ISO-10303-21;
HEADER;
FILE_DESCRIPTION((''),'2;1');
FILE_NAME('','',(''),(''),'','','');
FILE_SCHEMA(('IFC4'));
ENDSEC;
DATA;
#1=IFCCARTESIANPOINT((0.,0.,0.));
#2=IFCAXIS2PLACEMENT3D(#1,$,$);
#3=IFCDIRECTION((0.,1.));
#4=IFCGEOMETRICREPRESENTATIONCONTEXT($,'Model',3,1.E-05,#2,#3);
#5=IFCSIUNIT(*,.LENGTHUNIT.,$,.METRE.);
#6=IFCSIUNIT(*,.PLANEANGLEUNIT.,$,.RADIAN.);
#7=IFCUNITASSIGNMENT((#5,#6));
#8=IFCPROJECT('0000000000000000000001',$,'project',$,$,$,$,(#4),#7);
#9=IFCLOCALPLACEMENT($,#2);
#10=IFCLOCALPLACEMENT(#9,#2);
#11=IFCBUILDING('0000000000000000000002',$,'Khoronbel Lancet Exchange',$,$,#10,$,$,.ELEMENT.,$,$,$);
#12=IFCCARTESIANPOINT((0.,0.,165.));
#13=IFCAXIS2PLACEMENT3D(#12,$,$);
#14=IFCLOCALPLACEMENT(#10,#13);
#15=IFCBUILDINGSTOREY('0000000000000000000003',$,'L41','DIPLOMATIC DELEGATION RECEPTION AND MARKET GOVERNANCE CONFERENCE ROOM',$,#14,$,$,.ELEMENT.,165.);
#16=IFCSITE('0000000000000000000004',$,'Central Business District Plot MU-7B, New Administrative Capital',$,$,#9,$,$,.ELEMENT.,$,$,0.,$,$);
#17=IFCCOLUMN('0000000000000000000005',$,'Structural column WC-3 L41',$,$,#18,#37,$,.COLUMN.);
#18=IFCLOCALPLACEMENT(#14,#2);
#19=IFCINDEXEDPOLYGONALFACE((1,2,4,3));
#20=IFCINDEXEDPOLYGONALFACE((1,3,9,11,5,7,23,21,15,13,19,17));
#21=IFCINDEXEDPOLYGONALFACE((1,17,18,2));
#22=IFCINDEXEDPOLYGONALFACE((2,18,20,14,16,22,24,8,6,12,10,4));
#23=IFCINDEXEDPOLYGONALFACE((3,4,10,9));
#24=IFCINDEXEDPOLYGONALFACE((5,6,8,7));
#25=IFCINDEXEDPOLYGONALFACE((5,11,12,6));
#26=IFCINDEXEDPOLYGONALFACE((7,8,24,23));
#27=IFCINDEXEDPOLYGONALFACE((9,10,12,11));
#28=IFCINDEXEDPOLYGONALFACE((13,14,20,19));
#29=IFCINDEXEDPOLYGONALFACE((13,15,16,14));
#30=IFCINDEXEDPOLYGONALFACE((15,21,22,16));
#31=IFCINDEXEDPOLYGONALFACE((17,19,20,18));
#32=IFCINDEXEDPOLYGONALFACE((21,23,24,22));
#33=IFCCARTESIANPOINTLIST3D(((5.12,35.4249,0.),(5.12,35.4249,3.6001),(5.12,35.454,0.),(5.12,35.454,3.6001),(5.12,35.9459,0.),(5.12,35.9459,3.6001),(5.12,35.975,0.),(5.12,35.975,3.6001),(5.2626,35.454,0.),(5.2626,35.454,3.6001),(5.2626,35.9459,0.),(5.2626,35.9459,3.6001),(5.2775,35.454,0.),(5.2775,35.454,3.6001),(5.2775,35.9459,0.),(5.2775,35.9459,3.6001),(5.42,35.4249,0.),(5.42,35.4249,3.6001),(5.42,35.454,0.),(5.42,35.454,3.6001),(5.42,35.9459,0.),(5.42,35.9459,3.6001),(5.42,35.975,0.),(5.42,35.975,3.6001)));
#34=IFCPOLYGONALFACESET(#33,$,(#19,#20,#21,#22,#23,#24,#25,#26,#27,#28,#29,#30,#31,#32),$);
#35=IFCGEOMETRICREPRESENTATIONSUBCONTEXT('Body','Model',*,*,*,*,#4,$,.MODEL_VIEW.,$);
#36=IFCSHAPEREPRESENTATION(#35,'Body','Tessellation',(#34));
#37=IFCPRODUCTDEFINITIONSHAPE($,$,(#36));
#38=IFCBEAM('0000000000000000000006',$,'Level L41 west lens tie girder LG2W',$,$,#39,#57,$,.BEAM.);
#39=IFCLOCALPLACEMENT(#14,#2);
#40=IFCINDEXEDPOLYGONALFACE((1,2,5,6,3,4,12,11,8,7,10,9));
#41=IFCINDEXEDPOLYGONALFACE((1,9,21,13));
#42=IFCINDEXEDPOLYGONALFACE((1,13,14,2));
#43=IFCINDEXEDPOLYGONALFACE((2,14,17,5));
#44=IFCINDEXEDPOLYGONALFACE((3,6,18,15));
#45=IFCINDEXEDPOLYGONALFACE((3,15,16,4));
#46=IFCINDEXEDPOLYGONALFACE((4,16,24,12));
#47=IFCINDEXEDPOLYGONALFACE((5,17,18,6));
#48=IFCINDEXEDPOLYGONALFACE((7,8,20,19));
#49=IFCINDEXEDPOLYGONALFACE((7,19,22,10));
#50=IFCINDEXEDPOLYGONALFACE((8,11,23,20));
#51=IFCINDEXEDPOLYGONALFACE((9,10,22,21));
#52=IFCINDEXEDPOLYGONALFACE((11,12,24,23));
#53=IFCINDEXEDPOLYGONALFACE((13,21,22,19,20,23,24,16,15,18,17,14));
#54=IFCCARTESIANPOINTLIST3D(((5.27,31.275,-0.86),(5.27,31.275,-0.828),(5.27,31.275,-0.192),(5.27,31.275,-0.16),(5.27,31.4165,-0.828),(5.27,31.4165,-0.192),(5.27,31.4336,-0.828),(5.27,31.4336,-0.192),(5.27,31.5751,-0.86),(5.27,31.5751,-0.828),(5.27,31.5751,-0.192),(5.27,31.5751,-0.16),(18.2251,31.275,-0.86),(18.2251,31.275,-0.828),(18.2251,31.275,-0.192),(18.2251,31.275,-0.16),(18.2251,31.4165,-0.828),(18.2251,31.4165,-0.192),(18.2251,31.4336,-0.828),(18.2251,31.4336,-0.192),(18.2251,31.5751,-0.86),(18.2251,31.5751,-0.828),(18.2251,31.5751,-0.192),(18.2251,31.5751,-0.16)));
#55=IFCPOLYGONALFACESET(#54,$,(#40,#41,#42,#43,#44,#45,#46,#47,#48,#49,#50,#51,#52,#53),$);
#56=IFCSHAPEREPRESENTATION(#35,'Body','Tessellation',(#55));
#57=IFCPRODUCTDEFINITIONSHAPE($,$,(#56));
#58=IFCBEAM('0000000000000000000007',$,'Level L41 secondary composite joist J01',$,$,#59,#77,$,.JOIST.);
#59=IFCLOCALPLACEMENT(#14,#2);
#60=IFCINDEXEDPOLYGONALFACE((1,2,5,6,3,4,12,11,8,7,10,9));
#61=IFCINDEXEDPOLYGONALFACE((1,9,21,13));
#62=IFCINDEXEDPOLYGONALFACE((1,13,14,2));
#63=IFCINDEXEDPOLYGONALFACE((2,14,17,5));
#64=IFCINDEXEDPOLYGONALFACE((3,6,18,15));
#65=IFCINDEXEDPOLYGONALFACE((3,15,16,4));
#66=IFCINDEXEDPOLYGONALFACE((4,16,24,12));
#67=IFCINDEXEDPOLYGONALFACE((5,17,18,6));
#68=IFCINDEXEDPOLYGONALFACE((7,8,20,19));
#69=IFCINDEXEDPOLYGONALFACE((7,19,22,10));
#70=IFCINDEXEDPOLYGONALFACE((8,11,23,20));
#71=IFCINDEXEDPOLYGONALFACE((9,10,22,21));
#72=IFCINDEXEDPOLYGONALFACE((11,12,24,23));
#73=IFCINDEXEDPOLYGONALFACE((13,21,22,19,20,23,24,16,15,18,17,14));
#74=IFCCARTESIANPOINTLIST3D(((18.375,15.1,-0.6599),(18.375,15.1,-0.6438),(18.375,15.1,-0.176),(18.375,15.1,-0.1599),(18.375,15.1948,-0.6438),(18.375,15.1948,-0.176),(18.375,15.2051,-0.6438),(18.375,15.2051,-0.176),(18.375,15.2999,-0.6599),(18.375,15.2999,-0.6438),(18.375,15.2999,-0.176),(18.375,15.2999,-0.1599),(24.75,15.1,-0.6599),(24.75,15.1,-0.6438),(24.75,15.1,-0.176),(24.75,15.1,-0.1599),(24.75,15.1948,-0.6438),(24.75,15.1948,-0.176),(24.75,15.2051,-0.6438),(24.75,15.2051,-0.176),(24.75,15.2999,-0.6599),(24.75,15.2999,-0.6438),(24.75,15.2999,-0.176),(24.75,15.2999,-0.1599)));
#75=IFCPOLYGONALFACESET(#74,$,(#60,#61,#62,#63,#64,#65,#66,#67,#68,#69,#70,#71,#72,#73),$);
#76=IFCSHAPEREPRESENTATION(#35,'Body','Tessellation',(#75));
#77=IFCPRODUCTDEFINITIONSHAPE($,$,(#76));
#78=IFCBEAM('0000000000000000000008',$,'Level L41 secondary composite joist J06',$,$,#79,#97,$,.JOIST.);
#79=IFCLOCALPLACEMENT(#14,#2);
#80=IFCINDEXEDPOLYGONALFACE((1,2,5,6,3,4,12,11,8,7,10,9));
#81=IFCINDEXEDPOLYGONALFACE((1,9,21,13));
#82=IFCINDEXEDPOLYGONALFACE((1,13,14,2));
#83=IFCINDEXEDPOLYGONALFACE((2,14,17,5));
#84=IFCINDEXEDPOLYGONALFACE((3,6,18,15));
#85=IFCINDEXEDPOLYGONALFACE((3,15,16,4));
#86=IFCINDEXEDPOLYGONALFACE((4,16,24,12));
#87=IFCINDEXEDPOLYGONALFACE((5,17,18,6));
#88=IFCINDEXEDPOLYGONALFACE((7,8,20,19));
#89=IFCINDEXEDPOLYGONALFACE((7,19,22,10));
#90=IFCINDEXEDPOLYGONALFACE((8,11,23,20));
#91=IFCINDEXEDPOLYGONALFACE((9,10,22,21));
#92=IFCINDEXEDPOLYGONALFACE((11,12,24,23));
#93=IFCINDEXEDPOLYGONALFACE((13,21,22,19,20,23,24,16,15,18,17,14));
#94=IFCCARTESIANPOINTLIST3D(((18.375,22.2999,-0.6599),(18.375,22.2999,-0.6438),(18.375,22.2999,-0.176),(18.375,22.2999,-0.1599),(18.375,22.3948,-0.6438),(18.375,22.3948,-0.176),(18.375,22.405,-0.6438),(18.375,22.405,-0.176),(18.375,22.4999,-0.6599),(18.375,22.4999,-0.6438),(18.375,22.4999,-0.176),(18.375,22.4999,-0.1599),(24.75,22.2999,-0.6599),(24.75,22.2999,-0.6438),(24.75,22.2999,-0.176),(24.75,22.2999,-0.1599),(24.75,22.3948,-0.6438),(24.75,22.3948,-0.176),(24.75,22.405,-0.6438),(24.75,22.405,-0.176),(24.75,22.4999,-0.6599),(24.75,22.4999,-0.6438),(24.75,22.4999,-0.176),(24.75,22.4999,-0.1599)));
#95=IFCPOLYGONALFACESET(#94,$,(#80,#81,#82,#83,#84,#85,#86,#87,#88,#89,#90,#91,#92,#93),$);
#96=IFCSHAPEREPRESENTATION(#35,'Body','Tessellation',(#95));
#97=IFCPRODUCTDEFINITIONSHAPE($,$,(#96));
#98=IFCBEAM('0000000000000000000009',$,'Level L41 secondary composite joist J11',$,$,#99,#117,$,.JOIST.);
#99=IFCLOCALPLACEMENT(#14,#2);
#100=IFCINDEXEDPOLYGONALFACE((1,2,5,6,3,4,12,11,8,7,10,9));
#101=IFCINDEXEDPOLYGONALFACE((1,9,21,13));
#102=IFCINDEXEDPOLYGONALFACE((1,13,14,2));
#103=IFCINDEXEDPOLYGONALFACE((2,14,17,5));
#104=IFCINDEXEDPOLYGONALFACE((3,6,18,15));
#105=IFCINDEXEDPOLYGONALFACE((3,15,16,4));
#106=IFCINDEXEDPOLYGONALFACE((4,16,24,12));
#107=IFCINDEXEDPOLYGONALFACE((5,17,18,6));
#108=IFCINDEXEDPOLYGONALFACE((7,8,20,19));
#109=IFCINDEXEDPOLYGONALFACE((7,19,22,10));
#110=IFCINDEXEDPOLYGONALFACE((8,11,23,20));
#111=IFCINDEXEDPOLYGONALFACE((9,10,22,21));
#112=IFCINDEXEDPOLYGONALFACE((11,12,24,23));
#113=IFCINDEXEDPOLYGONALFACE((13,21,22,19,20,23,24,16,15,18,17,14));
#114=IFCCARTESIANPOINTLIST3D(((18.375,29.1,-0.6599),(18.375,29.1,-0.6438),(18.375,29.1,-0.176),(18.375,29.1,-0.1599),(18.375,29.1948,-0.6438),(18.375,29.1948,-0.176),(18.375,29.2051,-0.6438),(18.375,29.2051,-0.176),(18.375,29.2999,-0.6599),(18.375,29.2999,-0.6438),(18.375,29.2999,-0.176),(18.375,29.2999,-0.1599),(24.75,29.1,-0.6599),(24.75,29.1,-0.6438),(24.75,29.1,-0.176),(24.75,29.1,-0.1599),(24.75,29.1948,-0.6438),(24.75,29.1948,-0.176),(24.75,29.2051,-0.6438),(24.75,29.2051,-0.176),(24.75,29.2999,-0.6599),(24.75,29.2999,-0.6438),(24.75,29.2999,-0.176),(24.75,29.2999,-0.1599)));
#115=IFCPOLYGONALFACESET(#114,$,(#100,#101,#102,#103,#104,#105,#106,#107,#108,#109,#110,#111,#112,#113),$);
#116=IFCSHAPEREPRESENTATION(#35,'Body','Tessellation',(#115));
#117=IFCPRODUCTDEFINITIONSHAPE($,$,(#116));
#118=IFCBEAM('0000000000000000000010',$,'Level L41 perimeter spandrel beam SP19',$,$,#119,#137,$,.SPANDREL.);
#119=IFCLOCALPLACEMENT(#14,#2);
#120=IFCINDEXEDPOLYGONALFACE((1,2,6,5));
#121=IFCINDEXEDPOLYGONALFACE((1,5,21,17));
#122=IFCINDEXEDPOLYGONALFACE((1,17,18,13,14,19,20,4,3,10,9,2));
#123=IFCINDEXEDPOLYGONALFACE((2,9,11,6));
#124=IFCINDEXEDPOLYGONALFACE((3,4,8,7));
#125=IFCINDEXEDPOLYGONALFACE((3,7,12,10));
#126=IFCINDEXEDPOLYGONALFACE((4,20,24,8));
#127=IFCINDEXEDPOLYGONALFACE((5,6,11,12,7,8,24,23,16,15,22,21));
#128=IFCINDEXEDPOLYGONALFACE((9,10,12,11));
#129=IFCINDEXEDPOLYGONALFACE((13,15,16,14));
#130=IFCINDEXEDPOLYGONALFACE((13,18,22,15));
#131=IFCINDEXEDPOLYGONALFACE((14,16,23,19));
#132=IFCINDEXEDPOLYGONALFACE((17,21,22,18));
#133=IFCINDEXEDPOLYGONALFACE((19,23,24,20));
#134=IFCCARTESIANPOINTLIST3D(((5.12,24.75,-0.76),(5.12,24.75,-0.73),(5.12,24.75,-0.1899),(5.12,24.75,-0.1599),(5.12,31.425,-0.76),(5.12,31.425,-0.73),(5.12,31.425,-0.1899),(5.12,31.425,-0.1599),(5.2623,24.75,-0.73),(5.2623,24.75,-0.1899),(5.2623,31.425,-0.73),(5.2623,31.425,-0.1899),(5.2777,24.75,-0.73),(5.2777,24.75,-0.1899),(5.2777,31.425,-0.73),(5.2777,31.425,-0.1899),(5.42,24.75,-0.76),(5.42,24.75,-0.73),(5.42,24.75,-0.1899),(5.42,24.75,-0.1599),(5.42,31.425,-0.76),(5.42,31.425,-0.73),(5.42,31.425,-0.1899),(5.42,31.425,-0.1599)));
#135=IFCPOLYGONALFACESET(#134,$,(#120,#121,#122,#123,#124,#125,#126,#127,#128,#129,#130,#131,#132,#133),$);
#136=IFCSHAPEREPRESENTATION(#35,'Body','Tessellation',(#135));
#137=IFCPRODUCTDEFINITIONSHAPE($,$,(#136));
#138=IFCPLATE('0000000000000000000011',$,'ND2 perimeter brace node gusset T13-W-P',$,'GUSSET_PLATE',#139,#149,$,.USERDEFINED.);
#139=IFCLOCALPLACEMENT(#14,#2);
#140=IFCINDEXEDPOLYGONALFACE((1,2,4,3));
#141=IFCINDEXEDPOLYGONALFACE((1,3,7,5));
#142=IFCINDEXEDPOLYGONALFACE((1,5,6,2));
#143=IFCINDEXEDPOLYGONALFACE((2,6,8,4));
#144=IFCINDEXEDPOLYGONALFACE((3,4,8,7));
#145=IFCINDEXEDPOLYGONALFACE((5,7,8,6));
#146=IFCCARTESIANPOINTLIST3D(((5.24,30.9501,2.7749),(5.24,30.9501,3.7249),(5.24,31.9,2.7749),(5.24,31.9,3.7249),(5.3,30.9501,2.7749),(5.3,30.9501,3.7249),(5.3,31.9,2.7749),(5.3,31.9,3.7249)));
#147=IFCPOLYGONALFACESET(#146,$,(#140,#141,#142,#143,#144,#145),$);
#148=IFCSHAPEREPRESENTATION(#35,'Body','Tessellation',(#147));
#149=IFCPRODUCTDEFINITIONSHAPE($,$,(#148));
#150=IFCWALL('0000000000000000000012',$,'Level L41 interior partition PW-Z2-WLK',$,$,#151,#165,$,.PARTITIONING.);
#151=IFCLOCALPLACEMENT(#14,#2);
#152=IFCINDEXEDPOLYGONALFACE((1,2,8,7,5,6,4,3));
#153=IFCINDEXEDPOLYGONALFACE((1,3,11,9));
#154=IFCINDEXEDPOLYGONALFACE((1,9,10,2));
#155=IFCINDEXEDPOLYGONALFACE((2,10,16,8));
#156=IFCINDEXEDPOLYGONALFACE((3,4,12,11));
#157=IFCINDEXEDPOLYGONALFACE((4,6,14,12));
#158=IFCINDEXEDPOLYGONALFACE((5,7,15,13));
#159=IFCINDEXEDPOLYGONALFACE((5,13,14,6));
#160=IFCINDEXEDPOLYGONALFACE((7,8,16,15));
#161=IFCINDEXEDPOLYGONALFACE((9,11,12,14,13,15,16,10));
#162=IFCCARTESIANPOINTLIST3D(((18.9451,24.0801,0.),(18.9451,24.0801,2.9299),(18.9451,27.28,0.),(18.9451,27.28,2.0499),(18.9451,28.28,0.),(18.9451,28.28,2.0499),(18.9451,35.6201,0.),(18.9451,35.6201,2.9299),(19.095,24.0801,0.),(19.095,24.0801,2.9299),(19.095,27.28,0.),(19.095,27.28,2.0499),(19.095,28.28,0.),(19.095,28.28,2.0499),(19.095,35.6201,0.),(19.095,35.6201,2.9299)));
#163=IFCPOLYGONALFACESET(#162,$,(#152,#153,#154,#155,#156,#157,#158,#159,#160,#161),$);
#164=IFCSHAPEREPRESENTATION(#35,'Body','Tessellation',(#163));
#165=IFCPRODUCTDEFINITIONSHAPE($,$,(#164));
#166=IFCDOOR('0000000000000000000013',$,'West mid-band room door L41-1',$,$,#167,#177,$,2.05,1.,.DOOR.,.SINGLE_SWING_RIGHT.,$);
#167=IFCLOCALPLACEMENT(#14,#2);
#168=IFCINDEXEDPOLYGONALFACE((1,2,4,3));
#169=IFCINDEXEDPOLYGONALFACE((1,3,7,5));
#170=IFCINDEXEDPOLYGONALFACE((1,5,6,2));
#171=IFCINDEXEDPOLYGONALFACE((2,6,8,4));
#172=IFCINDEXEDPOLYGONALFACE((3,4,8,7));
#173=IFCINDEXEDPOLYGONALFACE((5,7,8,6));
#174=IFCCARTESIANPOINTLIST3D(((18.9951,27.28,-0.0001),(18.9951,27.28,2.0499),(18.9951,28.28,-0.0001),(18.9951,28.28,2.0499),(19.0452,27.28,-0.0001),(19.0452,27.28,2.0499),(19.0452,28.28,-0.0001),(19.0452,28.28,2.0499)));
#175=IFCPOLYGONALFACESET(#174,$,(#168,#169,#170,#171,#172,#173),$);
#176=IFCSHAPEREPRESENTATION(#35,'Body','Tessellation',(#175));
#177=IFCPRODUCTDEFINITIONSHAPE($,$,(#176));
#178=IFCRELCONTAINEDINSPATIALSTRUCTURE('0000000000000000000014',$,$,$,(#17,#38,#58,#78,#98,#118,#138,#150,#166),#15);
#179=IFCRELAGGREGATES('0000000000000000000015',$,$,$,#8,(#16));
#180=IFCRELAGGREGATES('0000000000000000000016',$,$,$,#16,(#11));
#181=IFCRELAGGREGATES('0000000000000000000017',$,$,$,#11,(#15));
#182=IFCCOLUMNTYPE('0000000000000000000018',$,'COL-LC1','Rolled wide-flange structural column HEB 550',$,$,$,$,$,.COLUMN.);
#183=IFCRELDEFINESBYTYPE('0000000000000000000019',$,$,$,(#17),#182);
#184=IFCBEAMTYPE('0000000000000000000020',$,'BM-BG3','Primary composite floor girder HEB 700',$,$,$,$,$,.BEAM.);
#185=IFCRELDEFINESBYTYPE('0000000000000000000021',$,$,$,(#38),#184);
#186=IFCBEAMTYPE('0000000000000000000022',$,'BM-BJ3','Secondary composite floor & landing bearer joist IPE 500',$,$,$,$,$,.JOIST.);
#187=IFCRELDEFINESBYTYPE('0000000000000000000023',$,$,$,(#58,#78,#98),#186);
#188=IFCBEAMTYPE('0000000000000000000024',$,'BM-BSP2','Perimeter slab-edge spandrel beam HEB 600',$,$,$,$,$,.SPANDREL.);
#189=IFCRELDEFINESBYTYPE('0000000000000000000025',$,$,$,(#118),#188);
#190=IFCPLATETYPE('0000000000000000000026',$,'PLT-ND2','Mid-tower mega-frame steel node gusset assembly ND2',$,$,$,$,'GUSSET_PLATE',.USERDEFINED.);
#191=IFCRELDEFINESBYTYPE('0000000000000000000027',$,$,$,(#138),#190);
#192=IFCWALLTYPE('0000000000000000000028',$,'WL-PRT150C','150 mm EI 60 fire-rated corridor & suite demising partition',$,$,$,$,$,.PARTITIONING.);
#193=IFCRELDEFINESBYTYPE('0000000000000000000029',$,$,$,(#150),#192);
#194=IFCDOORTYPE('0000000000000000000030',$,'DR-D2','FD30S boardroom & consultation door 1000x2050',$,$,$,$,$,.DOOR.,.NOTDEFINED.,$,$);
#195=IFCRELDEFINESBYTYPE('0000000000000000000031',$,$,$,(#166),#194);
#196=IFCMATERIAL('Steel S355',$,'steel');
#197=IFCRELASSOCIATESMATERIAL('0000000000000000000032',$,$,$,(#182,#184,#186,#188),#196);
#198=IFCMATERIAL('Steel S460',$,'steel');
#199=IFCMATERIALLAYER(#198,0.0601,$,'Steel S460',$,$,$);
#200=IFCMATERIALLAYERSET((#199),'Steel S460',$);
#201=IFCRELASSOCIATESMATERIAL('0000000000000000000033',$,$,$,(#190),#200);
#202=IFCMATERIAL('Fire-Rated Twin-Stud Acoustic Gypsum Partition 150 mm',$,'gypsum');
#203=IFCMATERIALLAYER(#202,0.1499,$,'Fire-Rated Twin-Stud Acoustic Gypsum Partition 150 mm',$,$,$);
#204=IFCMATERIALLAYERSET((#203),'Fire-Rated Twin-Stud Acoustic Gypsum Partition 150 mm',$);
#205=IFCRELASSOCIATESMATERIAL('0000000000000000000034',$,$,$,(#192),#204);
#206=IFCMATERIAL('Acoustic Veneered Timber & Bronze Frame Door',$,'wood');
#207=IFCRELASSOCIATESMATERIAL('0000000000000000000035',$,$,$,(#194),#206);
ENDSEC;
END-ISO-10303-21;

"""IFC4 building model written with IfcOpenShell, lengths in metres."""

from ifc_helpers import new_model, si_unit, direction, frame, frame_2d, origin, origin_2d, place, context, subcontext, project, spatial, rectangle, i_section, extrude, material, layer, layer_set, material_profile, profile_set, type_object, element, fill, save


model = new_model("IFC4")

# Units and contexts
model_context = context("Model", 3, precision=1e-05, world=origin(), true_north=direction((0.0, 1.0)))
body_context = subcontext(model_context, "Body", "Model", "MODEL_VIEW")
ifc_project = project(units=[si_unit("LENGTHUNIT", "METRE"), si_unit("PLANEANGLEUNIT", "RADIAN")], contexts=[model_context])

# Site, building, storey
site_placement = place(None, origin())
site = spatial("IfcSite", under=ifc_project, at=site_placement, Name="Central Business District Plot MU-7B, New Administrative Capital", CompositionType="ELEMENT", RefElevation=0.0)
building_placement = place(site_placement, origin())
building = spatial("IfcBuilding", under=site, at=building_placement, Name="Khoronbel Lancet Exchange", CompositionType="ELEMENT")
storey_placement = place(building_placement, frame((0.0, 0.0, 165.0)))
storey = spatial("IfcBuildingStorey", under=building, at=storey_placement, Name="L41", Description="DIPLOMATIC DELEGATION RECEPTION AND MARKET GOVERNANCE CONFERENCE ROOM", CompositionType="ELEMENT", Elevation=165.0)

# Column
ifc_material_1 = material(Name="Steel S355", Category="steel")
ifc_material_profile_1 = material_profile(ifc_material_1, i_section(OverallWidth=0.3, OverallDepth=0.55, WebThickness=0.0149, FlangeThickness=0.0291, at=origin_2d()), Name="HEB 550")
ifc_profile_set_1 = profile_set([ifc_material_profile_1], Name="Steel S355")
column_type = type_object("IfcColumnType", Name="COL-LC1", Description="Rolled wide-flange structural column HEB 550", PredefinedType="COLUMN", material=ifc_profile_set_1)
column_placement = place(storey_placement, frame((5.27, 35.7, 0.0), z_axis=(0.0, 0.0, 1.0), x_axis=(1.0, 0.0, 0.0)))
element("IfcColumn", 1, at=column_placement, inside=storey, type_object=column_type, Name="Structural column WC-3 L41", PredefinedType="COLUMN", context=body_context, shape_type="SweptSolid", body=[
    extrude(i_section(OverallWidth=0.3, OverallDepth=0.55, WebThickness=0.0149, FlangeThickness=0.0291, at=origin_2d()), origin(), (0.0, 0.0, 1.0), 3.6001),
])

# Beams
ifc_material_profile_2 = material_profile(ifc_material_1, i_section(OverallWidth=0.3, OverallDepth=0.7, WebThickness=0.0171, FlangeThickness=0.032, at=origin_2d()), Name="HEB 700")
ifc_profile_set_2 = profile_set([ifc_material_profile_2], Name="Steel S355")
beam_type_1 = type_object("IfcBeamType", Name="BM-BG3", Description="Primary composite floor girder HEB 700", PredefinedType="BEAM", material=ifc_profile_set_2)
beam_1_placement = place(storey_placement, frame((5.27, 31.425, -0.51), z_axis=(1.0, 0.0, 0.0), x_axis=(0.0, 1.0, 0.0)))
element("IfcBeam", 2, at=beam_1_placement, inside=storey, type_object=beam_type_1, Name="Level L41 west lens tie girder LG2W", PredefinedType="BEAM", context=body_context, shape_type="SweptSolid", body=[
    extrude(i_section(OverallWidth=0.3, OverallDepth=0.7, WebThickness=0.0171, FlangeThickness=0.032, at=origin_2d()), origin(), (0.0, 0.0, 1.0), 12.9551),
])
ifc_material_profile_3 = material_profile(ifc_material_1, i_section(OverallWidth=0.2, OverallDepth=0.5, WebThickness=0.0103, FlangeThickness=0.0161, at=origin_2d()), Name="IPE 500")
ifc_profile_set_3 = profile_set([ifc_material_profile_3], Name="Steel S355")
beam_type_2 = type_object("IfcBeamType", Name="BM-BJ3", Description="Secondary composite floor & landing bearer joist IPE 500", PredefinedType="JOIST", material=ifc_profile_set_3)
for number, where, z_axis, x_axis, name in (
    (3, (18.375, 15.2, -0.4099), (1.0, 0.0, 0.0), (0.0, 1.0, 0.0), "Level L41 secondary composite joist J01"),
    (4, (18.375, 22.3999, -0.4099), (1.0, 0.0, 0.0), (0.0, 1.0, 0.0), "Level L41 secondary composite joist J06"),
    (5, (18.375, 29.2, -0.4099), (1.0, 0.0, 0.0), (0.0, 1.0, 0.0), "Level L41 secondary composite joist J11"),
):
    element("IfcBeam", number, at=place(storey_placement, frame(where, z_axis=z_axis, x_axis=x_axis)), inside=storey, type_object=beam_type_2, Name=name, PredefinedType="JOIST", context=body_context, shape_type="SweptSolid", body=[
        extrude(i_section(OverallWidth=0.2, OverallDepth=0.5, WebThickness=0.0103, FlangeThickness=0.0161, at=origin_2d()), origin(), (0.0, 0.0, 1.0), 6.375),
    ])
ifc_material_profile_4 = material_profile(ifc_material_1, i_section(OverallWidth=0.3, OverallDepth=0.6001, WebThickness=0.0154, FlangeThickness=0.03, at=origin_2d()), Name="HEB 600")
ifc_profile_set_4 = profile_set([ifc_material_profile_4], Name="Steel S355")
beam_type_3 = type_object("IfcBeamType", Name="BM-BSP2", Description="Perimeter slab-edge spandrel beam HEB 600", PredefinedType="SPANDREL", material=ifc_profile_set_4)
beam_2_placement = place(storey_placement, frame((5.27, 31.425, -0.46), z_axis=(0.0, -1.0, 0.0), x_axis=(1.0, 0.0, 0.0)))
element("IfcBeam", 6, at=beam_2_placement, inside=storey, type_object=beam_type_3, Name="Level L41 perimeter spandrel beam SP19", PredefinedType="SPANDREL", context=body_context, shape_type="SweptSolid", body=[
    extrude(i_section(OverallWidth=0.3, OverallDepth=0.6001, WebThickness=0.0154, FlangeThickness=0.03, at=origin_2d()), origin(), (0.0, 0.0, 1.0), 6.675),
])

# Plate
ifc_material_2 = material(Name="Steel S460", Category="steel")
ifc_layer_1 = layer(ifc_material_2, 0.0601, Name="Steel S460")
ifc_layer_set_1 = layer_set([ifc_layer_1], Name="Steel S460")
plate_type = type_object("IfcPlateType", Name="PLT-ND2", Description="Mid-tower mega-frame steel node gusset assembly ND2", ElementType="GUSSET_PLATE", PredefinedType="USERDEFINED", material=ifc_layer_set_1)
plate_placement = place(storey_placement, frame((5.27, 31.425, 2.7749), z_axis=(0.0, 0.0, 1.0), x_axis=(0.0, 1.0, 0.0)))
element("IfcPlate", 7, at=plate_placement, inside=storey, type_object=plate_type, Name="ND2 perimeter brace node gusset T13-W-P", ObjectType="GUSSET_PLATE", PredefinedType="USERDEFINED", context=body_context, shape_type="SweptSolid", body=[
    extrude(rectangle(XDim=0.95, YDim=0.0601, at=origin_2d()), origin(), (0.0, 0.0, 1.0), 0.95),
])

# Wall, opening, door
ifc_material_3 = material(Name="Fire-Rated Twin-Stud Acoustic Gypsum Partition 150 mm", Category="gypsum")
ifc_layer_2 = layer(ifc_material_3, 0.1499, Name="Fire-Rated Twin-Stud Acoustic Gypsum Partition 150 mm")
ifc_layer_set_2 = layer_set([ifc_layer_2], Name="Fire-Rated Twin-Stud Acoustic Gypsum Partition 150 mm")
wall_type_1 = type_object("IfcWallType", Name="WL-PRT150C", Description="150 mm EI 60 fire-rated corridor & suite demising partition", PredefinedType="PARTITIONING", material=ifc_layer_set_2)
wall_1_placement = place(storey_placement, frame((19.02, 24.0801, 0.0), z_axis=(0.0, 0.0, 1.0), x_axis=(0.0, 1.0, 0.0)))
wall_1 = element("IfcWall", 8, at=wall_1_placement, inside=storey, type_object=wall_type_1, Name="Level L41 interior partition PW-Z2-WLK", PredefinedType="PARTITIONING", context=body_context, shape_type="SweptSolid", body=[
    extrude(rectangle(XDim=11.54, YDim=0.1499, at=frame_2d((5.77, 0.0))), origin(), (0.0, 0.0, 1.0), 2.9299),
])
opening_1_placement = place(wall_1_placement, frame((3.2, 0.0, 0.0)))
opening_1 = element("IfcOpeningElement", 9, at=opening_1_placement, cuts=wall_1, PredefinedType="OPENING", context=body_context, shape_type="SweptSolid", body=[
    extrude(rectangle(XDim=1.0, YDim=2.05, at=frame_2d((0.5, 1.0249))), frame((0.0, 0.085, 0.0), z_axis=(0.0, -1.0, 0.0), x_axis=(1.0, 0.0, 0.0)), (0.0, 0.0, 1.0), 0.1699),
])
ifc_material_4 = material(Name="Acoustic Veneered Timber & Bronze Frame Door", Category="wood")
door_type = type_object("IfcDoorType", Name="DR-D2", Description="FD30S boardroom & consultation door 1000x2050", OperationType="NOTDEFINED", PredefinedType="DOOR", material=ifc_material_4)
door_1_placement = place(opening_1_placement, origin())
door_1 = element("IfcDoor", 10, at=door_1_placement, inside=storey, type_object=door_type, Name="West mid-band room door L41-1", OperationType="SINGLE_SWING_RIGHT", OverallHeight=2.05, OverallWidth=1.0, PredefinedType="DOOR", context=body_context, shape_type="SweptSolid", body=[
    extrude(rectangle(XDim=1.0, YDim=2.05, at=frame_2d((0.5, 1.0249))), frame((0.0, 0.0249, 0.0), z_axis=(0.0, -1.0, 0.0), x_axis=(1.0, 0.0, 0.0)), (0.0, 0.0, 1.0), 0.05),
])
fill(opening_1, door_1)

save(model, "model.ifc")
